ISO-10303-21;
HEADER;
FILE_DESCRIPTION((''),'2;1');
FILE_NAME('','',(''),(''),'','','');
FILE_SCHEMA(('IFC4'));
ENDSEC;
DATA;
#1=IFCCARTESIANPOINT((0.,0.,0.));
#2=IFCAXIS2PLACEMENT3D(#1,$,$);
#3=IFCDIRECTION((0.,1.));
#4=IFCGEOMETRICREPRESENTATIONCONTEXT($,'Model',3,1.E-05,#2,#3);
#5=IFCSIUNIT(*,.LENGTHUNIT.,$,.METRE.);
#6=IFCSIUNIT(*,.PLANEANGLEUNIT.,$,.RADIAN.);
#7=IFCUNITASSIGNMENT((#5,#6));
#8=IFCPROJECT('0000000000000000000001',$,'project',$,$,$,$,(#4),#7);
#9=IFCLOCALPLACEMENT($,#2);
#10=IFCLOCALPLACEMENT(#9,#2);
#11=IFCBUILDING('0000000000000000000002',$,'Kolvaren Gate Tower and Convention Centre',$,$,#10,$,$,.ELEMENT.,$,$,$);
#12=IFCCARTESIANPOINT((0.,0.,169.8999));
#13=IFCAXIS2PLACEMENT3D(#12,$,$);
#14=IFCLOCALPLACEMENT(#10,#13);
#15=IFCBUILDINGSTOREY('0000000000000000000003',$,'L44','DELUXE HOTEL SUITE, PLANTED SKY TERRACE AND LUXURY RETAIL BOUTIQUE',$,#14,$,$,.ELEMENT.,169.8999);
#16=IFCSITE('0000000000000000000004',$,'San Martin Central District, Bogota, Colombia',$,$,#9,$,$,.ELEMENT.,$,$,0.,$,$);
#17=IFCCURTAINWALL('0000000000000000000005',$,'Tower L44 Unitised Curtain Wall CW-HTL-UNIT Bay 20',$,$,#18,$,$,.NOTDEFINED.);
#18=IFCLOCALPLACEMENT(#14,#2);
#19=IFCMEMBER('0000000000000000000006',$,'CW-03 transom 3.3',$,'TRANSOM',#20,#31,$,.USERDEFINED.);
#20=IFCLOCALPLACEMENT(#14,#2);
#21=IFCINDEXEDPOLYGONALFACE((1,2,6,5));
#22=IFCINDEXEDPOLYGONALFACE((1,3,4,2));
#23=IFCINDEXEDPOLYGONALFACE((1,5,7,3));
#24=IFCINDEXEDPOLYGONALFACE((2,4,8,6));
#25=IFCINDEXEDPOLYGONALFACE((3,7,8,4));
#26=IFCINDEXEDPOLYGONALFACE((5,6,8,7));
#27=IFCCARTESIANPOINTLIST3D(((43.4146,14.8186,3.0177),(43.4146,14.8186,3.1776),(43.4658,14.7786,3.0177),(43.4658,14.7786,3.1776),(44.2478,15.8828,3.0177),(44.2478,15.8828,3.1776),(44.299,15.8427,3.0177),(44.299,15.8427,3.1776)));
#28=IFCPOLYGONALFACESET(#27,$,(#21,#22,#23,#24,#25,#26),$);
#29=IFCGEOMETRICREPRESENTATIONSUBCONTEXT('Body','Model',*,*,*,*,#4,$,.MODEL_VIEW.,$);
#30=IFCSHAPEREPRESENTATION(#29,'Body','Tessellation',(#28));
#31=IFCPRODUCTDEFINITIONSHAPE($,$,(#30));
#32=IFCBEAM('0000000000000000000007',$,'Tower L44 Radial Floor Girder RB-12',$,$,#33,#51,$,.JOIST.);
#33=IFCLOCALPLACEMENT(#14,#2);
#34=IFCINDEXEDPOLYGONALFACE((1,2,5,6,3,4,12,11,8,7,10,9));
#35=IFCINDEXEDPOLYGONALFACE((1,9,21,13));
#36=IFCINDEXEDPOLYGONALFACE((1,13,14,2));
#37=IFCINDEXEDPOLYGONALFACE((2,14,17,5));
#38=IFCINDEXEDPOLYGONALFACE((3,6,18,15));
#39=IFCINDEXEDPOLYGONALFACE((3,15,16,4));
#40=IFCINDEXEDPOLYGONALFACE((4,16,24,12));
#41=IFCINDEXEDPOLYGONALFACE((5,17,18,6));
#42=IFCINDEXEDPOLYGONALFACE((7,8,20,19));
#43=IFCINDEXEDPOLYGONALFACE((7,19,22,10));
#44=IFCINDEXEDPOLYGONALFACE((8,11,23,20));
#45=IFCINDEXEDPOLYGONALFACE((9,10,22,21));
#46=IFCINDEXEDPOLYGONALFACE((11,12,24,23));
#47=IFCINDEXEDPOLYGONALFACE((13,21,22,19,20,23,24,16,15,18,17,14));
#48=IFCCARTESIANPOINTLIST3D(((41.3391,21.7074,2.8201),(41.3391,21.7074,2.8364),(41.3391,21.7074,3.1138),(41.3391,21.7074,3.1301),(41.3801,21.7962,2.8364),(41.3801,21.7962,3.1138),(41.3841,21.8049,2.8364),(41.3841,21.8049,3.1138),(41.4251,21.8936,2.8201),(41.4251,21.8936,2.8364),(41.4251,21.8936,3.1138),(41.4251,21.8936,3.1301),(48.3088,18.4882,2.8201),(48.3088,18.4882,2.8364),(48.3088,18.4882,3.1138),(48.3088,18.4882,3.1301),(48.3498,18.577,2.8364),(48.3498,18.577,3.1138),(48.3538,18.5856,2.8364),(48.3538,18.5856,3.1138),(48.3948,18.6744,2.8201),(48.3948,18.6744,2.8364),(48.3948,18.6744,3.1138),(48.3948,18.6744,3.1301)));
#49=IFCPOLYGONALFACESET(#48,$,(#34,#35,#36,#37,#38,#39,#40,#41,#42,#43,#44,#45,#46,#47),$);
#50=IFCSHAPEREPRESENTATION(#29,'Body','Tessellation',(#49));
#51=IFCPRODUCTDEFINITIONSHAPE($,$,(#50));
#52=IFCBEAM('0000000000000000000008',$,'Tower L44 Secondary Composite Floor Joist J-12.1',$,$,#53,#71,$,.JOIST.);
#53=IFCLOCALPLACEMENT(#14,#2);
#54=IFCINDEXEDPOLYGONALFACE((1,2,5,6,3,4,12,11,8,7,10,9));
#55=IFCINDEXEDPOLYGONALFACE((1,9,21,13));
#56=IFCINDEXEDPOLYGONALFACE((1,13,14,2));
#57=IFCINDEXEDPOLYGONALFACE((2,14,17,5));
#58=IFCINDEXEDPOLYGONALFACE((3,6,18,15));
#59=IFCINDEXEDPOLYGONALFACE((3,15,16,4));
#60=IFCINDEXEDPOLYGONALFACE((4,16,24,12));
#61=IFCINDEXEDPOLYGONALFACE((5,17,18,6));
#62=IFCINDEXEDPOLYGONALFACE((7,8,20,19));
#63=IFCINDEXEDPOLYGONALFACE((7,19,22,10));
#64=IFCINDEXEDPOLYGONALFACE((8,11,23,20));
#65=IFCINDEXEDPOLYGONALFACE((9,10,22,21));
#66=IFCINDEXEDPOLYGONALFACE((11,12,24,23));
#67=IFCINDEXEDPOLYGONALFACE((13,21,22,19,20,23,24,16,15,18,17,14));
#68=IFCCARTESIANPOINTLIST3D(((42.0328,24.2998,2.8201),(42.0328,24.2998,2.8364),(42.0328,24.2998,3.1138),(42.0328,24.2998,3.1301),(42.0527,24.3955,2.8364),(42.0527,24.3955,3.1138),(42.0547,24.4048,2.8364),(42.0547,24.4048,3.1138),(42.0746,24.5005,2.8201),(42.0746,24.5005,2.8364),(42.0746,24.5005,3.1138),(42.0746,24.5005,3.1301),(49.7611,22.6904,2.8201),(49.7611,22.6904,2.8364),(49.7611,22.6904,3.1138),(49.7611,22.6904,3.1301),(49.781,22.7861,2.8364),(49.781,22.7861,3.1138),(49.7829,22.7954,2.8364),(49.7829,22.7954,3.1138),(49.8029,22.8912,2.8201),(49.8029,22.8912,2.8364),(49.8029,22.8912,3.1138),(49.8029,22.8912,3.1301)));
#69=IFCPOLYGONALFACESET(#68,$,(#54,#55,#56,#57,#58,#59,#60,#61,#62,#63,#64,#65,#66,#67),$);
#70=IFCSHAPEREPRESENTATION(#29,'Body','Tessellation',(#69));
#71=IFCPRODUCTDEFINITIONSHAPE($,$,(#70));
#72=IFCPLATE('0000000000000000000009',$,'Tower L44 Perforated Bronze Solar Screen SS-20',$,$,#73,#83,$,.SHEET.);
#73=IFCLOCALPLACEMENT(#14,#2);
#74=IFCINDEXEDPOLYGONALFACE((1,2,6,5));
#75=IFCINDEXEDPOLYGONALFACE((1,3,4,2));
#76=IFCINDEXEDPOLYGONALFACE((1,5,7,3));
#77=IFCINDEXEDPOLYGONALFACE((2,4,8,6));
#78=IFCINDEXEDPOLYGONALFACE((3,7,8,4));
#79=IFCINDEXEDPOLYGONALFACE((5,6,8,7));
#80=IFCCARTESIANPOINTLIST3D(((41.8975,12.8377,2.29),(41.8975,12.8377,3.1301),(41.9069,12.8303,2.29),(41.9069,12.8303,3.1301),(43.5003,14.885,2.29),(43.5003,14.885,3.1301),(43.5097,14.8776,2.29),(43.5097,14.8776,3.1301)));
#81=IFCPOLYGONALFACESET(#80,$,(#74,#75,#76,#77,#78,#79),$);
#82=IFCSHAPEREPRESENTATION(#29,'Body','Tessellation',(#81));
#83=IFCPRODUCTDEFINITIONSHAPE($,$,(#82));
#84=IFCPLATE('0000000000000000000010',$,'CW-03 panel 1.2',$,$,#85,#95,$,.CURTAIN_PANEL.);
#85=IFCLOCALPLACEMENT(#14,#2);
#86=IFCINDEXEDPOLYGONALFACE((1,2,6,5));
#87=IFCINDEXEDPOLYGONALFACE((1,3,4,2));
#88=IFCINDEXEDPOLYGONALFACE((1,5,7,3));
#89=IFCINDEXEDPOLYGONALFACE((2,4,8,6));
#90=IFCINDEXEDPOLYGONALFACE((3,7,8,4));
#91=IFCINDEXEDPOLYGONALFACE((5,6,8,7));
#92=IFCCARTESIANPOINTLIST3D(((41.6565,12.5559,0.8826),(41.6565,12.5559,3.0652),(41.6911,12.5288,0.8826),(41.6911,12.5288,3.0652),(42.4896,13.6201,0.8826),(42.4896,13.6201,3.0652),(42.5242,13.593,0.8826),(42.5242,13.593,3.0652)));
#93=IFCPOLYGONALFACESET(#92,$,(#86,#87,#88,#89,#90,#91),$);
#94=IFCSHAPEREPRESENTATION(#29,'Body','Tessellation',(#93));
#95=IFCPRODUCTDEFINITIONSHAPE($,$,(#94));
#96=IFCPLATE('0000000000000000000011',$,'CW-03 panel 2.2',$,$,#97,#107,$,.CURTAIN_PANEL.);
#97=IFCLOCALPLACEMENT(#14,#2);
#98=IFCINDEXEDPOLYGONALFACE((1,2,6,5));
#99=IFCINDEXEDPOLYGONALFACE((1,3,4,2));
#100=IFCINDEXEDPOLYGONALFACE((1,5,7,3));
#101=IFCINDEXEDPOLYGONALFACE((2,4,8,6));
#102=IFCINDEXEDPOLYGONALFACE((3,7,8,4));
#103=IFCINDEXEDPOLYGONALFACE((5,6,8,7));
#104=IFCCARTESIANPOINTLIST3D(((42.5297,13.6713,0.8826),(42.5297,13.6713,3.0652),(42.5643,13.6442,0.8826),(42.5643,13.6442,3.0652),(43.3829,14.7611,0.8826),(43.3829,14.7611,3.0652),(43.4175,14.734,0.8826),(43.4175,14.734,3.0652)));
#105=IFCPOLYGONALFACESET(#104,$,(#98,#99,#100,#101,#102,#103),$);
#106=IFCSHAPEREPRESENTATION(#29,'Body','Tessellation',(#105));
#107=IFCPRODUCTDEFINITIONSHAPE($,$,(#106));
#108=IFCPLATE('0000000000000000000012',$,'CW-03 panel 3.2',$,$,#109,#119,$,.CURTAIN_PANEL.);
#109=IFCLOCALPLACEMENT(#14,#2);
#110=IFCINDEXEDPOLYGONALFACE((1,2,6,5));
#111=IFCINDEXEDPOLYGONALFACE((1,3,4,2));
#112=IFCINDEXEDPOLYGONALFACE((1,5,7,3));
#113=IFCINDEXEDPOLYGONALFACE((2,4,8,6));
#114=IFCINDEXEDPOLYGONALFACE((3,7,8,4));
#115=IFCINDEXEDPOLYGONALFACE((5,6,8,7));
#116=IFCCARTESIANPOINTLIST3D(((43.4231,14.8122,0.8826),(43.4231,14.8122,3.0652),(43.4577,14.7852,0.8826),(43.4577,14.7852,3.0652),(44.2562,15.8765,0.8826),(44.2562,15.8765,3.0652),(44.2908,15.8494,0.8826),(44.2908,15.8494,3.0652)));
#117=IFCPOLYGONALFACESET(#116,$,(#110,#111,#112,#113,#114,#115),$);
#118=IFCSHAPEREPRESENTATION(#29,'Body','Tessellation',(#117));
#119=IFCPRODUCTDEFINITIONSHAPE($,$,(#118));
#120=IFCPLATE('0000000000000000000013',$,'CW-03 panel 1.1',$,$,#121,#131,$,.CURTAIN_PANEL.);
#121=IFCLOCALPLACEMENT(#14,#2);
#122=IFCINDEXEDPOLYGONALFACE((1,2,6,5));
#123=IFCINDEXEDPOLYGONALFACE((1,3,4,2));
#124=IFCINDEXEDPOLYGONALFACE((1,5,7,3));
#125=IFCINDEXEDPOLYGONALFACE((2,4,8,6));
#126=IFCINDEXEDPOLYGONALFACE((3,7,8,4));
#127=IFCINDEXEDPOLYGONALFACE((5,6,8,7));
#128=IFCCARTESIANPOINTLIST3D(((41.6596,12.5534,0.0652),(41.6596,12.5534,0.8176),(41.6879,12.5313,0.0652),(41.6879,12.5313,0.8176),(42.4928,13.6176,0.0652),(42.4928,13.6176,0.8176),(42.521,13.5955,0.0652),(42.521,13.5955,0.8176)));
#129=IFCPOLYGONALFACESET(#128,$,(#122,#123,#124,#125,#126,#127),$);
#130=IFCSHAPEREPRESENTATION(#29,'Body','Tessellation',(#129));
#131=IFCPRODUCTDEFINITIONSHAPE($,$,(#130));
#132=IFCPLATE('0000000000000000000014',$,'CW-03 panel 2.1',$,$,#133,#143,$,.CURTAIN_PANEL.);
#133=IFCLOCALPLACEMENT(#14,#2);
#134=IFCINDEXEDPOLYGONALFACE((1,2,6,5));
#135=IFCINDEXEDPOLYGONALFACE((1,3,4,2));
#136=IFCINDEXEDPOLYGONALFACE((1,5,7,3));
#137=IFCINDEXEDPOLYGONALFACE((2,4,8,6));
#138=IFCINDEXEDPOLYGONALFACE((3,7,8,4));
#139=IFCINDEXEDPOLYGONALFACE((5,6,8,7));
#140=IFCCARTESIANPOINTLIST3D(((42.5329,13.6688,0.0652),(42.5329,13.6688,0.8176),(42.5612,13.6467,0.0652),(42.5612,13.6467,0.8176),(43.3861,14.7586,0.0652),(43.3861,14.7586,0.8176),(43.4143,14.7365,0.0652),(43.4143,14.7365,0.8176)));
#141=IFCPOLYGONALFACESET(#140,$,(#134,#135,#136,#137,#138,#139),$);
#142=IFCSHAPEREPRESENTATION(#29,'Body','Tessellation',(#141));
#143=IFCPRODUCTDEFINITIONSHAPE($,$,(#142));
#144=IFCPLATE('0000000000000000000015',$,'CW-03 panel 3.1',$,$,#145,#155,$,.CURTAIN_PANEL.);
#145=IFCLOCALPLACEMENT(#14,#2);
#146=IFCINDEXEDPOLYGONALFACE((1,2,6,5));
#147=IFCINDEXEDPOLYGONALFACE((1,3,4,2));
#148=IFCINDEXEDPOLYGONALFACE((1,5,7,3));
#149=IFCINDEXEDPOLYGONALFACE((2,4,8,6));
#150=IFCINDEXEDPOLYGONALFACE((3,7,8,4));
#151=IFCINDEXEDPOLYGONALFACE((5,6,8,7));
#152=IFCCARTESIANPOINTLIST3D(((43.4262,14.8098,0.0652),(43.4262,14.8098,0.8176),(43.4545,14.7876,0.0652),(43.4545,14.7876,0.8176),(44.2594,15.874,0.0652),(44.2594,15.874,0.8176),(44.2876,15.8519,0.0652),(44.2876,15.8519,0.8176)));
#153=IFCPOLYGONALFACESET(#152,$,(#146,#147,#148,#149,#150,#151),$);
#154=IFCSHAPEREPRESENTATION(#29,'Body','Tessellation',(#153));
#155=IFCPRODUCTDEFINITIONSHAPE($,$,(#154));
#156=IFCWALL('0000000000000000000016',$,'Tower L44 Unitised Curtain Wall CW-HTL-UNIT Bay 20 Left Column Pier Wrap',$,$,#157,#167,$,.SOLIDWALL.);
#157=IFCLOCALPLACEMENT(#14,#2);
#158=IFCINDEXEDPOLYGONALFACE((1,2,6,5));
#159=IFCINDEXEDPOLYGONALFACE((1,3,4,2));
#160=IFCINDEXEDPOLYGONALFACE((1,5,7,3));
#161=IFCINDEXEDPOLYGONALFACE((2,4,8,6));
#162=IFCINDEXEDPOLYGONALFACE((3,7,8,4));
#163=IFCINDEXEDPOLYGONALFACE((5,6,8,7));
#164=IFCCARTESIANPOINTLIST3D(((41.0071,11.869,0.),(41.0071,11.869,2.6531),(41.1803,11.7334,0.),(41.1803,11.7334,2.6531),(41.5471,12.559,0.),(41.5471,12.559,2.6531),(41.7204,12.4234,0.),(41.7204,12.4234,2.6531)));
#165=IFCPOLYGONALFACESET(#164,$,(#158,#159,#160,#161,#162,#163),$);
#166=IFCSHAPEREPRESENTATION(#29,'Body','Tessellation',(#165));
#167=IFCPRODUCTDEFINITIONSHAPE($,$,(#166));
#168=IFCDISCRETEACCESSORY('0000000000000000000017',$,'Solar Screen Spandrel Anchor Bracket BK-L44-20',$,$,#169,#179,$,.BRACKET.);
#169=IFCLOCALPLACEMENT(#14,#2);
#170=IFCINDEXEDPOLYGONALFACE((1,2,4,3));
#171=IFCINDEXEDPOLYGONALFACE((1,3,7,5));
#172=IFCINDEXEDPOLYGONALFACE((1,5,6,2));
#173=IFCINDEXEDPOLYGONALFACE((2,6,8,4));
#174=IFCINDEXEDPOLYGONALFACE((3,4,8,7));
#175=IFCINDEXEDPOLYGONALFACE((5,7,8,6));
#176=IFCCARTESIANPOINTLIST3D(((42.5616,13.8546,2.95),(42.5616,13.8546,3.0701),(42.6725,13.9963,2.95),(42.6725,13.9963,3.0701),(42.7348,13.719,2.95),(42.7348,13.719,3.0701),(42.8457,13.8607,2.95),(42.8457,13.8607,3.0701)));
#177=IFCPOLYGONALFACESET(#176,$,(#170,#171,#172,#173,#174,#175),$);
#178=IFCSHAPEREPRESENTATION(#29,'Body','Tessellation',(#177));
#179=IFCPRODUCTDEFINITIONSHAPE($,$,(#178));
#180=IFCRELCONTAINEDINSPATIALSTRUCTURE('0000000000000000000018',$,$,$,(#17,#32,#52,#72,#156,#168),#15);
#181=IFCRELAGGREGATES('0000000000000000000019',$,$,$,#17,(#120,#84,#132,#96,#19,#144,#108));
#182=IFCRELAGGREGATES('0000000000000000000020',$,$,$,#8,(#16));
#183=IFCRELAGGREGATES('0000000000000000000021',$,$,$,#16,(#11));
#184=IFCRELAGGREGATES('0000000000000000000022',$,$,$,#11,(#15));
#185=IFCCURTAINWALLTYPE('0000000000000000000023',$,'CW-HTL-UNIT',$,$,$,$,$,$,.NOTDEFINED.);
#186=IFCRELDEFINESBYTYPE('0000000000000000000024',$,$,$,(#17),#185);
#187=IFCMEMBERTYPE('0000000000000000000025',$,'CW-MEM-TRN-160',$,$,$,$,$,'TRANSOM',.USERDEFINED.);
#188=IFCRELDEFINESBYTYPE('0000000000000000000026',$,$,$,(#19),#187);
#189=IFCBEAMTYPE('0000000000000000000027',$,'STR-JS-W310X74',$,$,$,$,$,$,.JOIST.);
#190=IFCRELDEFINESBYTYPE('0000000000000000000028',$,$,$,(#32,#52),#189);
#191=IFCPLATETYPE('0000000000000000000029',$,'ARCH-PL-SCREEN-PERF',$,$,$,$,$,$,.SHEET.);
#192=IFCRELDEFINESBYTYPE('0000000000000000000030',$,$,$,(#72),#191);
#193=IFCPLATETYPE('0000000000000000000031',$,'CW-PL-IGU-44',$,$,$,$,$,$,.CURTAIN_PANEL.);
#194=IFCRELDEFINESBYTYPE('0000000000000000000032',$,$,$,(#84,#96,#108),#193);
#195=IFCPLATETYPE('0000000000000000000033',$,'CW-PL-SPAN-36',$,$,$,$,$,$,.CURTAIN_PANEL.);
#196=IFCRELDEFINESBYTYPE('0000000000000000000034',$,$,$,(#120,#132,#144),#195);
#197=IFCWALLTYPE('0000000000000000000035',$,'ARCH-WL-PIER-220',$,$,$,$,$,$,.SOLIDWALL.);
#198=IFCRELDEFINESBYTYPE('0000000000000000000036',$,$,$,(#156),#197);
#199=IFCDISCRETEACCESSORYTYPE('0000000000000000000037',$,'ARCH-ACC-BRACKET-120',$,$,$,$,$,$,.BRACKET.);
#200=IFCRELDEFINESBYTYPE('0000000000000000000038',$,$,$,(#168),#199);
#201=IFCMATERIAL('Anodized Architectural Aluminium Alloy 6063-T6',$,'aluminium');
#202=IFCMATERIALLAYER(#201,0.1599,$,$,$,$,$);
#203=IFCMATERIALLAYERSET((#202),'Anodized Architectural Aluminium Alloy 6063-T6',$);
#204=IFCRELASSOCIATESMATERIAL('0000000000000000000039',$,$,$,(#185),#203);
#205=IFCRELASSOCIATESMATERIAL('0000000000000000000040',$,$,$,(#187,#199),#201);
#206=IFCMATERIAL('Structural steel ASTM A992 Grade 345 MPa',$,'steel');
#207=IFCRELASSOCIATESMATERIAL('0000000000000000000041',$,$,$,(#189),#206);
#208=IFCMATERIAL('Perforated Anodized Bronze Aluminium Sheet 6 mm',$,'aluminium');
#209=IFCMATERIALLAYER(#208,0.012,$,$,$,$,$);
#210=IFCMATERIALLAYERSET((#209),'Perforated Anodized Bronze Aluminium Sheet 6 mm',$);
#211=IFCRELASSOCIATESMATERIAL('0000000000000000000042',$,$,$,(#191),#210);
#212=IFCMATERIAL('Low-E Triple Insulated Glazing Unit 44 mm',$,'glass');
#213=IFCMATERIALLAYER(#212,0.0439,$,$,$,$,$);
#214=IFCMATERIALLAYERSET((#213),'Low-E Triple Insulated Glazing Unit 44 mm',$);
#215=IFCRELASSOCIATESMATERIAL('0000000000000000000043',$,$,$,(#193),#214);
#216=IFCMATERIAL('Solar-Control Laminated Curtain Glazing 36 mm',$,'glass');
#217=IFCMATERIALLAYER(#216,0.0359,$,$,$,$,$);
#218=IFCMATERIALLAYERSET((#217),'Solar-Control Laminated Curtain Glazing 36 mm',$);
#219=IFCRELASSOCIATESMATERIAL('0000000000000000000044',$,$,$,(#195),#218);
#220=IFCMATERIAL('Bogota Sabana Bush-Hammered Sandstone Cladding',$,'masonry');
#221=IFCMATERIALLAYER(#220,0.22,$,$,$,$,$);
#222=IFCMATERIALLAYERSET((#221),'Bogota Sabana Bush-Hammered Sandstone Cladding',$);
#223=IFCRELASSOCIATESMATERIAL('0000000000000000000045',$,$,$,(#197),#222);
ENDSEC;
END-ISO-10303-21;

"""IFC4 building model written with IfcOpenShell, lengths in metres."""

from ifc_helpers import new_model, si_unit, direction, frame, frame_2d, origin, origin_2d, place, context, subcontext, project, spatial, rectangle, i_section, extrude, material, layer, layer_set, material_profile, profile_set, type_object, element, aggregate, save


model = new_model("IFC4")

# Units and contexts
model_context = context("Model", 3, precision=1e-05, world=origin(), true_north=direction((0.0, 1.0)))
body_context = subcontext(model_context, "Body", "Model", "MODEL_VIEW")
ifc_project = project(units=[si_unit("LENGTHUNIT", "METRE"), si_unit("PLANEANGLEUNIT", "RADIAN")], contexts=[model_context])

# Site, building, storey
site_placement = place(None, origin())
site = spatial("IfcSite", under=ifc_project, at=site_placement, Name="San Martin Central District, Bogota, Colombia", CompositionType="ELEMENT", RefElevation=0.0)
building_placement = place(site_placement, origin())
building = spatial("IfcBuilding", under=site, at=building_placement, Name="Kolvaren Gate Tower and Convention Centre", CompositionType="ELEMENT")
storey_placement = place(building_placement, frame((0.0, 0.0, 169.8999)))
storey = spatial("IfcBuildingStorey", under=building, at=storey_placement, Name="L44", Description="DELUXE HOTEL SUITE, PLANTED SKY TERRACE AND LUXURY RETAIL BOUTIQUE", CompositionType="ELEMENT", Elevation=169.8999)

# Curtain wall
ifc_material_1 = material(Name="Anodized Architectural Aluminium Alloy 6063-T6", Category="aluminium")
ifc_layer_1 = layer(ifc_material_1, 0.1599)
ifc_layer_set_1 = layer_set([ifc_layer_1], Name="Anodized Architectural Aluminium Alloy 6063-T6")
curtain_wall_type = type_object("IfcCurtainWallType", Name="CW-HTL-UNIT", PredefinedType="NOTDEFINED", material=ifc_layer_set_1)
curtain_wall_1_placement = place(storey_placement, origin())
curtain_wall_1 = element("IfcCurtainWall", 1, at=curtain_wall_1_placement, inside=storey, type_object=curtain_wall_type, Name="Tower L44 Unitised Curtain Wall CW-HTL-UNIT Bay 20", PredefinedType="NOTDEFINED")

# Member
ifc_material_profile_1 = material_profile(ifc_material_1, rectangle(XDim=0.0649, YDim=0.1599, at=origin_2d()), Name="CW-MEM-TRN-160")
ifc_profile_set_1 = profile_set([ifc_material_profile_1], Name="Anodized Architectural Aluminium Alloy 6063-T6")
member_type_1 = type_object("IfcMemberType", Name="CW-MEM-TRN-160", ElementType="TRANSOM", PredefinedType="USERDEFINED", material=ifc_profile_set_1)
member_1_placement = place(storey_placement, frame((43.4402, 14.7986, 3.0977), z_axis=(0.616488, 0.787364, 0.0), x_axis=(-0.787364, 0.616488, 0.0)))
member_1 = element("IfcMember", 2, at=member_1_placement, type_object=member_type_1, Name="CW-03 transom 3.3", ObjectType="TRANSOM", PredefinedType="USERDEFINED", context=body_context, shape_type="SweptSolid", body=[
    extrude(rectangle(XDim=0.0649, YDim=0.1599, at=origin_2d()), origin(), (0.0, 0.0, 1.0), 1.3516),
])

# Beams
ifc_material_2 = material(Name="Structural steel ASTM A992 Grade 345 MPa", Category="steel")
ifc_material_profile_2 = material_profile(ifc_material_2, i_section(OverallWidth=0.2051, OverallDepth=0.3101, WebThickness=0.0095, FlangeThickness=0.0164, at=origin_2d()), Name="W310X74")
ifc_profile_set_2 = profile_set([ifc_material_profile_2], Name="Structural steel ASTM A992 Grade 345 MPa")
beam_type = type_object("IfcBeamType", Name="STR-JS-W310X74", PredefinedType="JOIST", material=ifc_profile_set_2)
beam_1_placement = place(storey_placement, frame((41.3821, 21.8005, 2.9751), z_axis=(0.907838, -0.41932, 0.0), x_axis=(0.41932, 0.907838, 0.0)))
element("IfcBeam", 3, at=beam_1_placement, inside=storey, type_object=beam_type, Name="Tower L44 Radial Floor Girder RB-12", PredefinedType="JOIST", context=body_context, shape_type="SweptSolid", body=[
    extrude(i_section(OverallWidth=0.2051, OverallDepth=0.3101, WebThickness=0.0095, FlangeThickness=0.0164, at=origin_2d()), origin(), (0.0, 0.0, 1.0), 7.6772),
])
beam_2_placement = place(storey_placement, frame((42.0537, 24.4001, 2.9751), z_axis=(0.978998, -0.203872, 0.0), x_axis=(0.203872, 0.978998, 0.0)))
element("IfcBeam", 4, at=beam_2_placement, inside=storey, type_object=beam_type, Name="Tower L44 Secondary Composite Floor Joist J-12.1", PredefinedType="JOIST", context=body_context, shape_type="SweptSolid", body=[
    extrude(i_section(OverallWidth=0.2051, OverallDepth=0.3101, WebThickness=0.0095, FlangeThickness=0.0164, at=origin_2d()), origin(), (0.0, 0.0, 1.0), 7.894),
])

# Plates
ifc_material_3 = material(Name="Perforated Anodized Bronze Aluminium Sheet 6 mm", Category="aluminium")
ifc_layer_2 = layer(ifc_material_3, 0.012)
ifc_layer_set_2 = layer_set([ifc_layer_2], Name="Perforated Anodized Bronze Aluminium Sheet 6 mm")
plate_type_1 = type_object("IfcPlateType", Name="ARCH-PL-SCREEN-PERF", PredefinedType="SHEET", material=ifc_layer_set_2)
plate_1_placement = place(storey_placement, frame((42.7036, 13.8577, 2.29), z_axis=(0.0, 0.0, 1.0), x_axis=(0.616434, 0.787406, 0.0)))
element("IfcPlate", 5, at=plate_1_placement, inside=storey, type_object=plate_type_1, Name="Tower L44 Perforated Bronze Solar Screen SS-20", PredefinedType="SHEET", context=body_context, shape_type="SweptSolid", body=[
    extrude(rectangle(XDim=2.6001, YDim=0.012, at=origin_2d()), origin(), (0.0, 0.0, 1.0), 0.8401),
])
ifc_material_4 = material(Name="Low-E Triple Insulated Glazing Unit 44 mm", Category="glass")
ifc_layer_3 = layer(ifc_material_4, 0.0439)
ifc_layer_set_3 = layer_set([ifc_layer_3], Name="Low-E Triple Insulated Glazing Unit 44 mm")
plate_type_2 = type_object("IfcPlateType", Name="CW-PL-IGU-44", PredefinedType="CURTAIN_PANEL", material=ifc_layer_set_3)
plate_2_placement = place(storey_placement, frame((42.0903, 13.0745, 0.8826), z_axis=(0.0, 0.0, 1.0), x_axis=(0.616438, 0.787404, 0.0)))
plate_2 = element("IfcPlate", 6, at=plate_2_placement, type_object=plate_type_2, Name="CW-03 panel 1.2", PredefinedType="CURTAIN_PANEL", context=body_context, shape_type="SweptSolid", body=[
    extrude(rectangle(XDim=1.3516, YDim=0.0439, at=origin_2d()), origin(), (0.0, 0.0, 1.0), 2.1826),
])
plate_3_placement = place(storey_placement, frame((42.9736, 14.2026, 0.8826), z_axis=(0.0, 0.0, 1.0), x_axis=(0.616438, 0.787404, 0.0)))
plate_3 = element("IfcPlate", 7, at=plate_3_placement, type_object=plate_type_2, Name="CW-03 panel 2.2", PredefinedType="CURTAIN_PANEL", context=body_context, shape_type="SweptSolid", body=[
    extrude(rectangle(XDim=1.384, YDim=0.0439, at=origin_2d()), origin(), (0.0, 0.0, 1.0), 2.1826),
])
plate_4_placement = place(storey_placement, frame((43.8569, 15.3308, 0.8826), z_axis=(0.0, 0.0, 1.0), x_axis=(0.616438, 0.787404, 0.0)))
plate_4 = element("IfcPlate", 8, at=plate_4_placement, type_object=plate_type_2, Name="CW-03 panel 3.2", PredefinedType="CURTAIN_PANEL", context=body_context, shape_type="SweptSolid", body=[
    extrude(rectangle(XDim=1.3516, YDim=0.0439, at=origin_2d()), origin(), (0.0, 0.0, 1.0), 2.1826),
])
ifc_material_5 = material(Name="Solar-Control Laminated Curtain Glazing 36 mm", Category="glass")
ifc_layer_4 = layer(ifc_material_5, 0.0359)
ifc_layer_set_4 = layer_set([ifc_layer_4], Name="Solar-Control Laminated Curtain Glazing 36 mm")
plate_type_3 = type_object("IfcPlateType", Name="CW-PL-SPAN-36", PredefinedType="CURTAIN_PANEL", material=ifc_layer_set_4)
plate_5_placement = place(storey_placement, frame((42.0903, 13.0745, 0.0652), z_axis=(0.0, 0.0, 1.0), x_axis=(0.616438, 0.787404, 0.0)))
plate_5 = element("IfcPlate", 9, at=plate_5_placement, type_object=plate_type_3, Name="CW-03 panel 1.1", PredefinedType="CURTAIN_PANEL", context=body_context, shape_type="SweptSolid", body=[
    extrude(rectangle(XDim=1.3516, YDim=0.0359, at=origin_2d()), origin(), (0.0, 0.0, 1.0), 0.7524),
])
plate_6_placement = place(storey_placement, frame((42.9736, 14.2026, 0.0652), z_axis=(0.0, 0.0, 1.0), x_axis=(0.616438, 0.787404, 0.0)))
plate_6 = element("IfcPlate", 10, at=plate_6_placement, type_object=plate_type_3, Name="CW-03 panel 2.1", PredefinedType="CURTAIN_PANEL", context=body_context, shape_type="SweptSolid", body=[
    extrude(rectangle(XDim=1.384, YDim=0.0359, at=origin_2d()), origin(), (0.0, 0.0, 1.0), 0.7524),
])
plate_7_placement = place(storey_placement, frame((43.8569, 15.3308, 0.0652), z_axis=(0.0, 0.0, 1.0), x_axis=(0.616438, 0.787404, 0.0)))
plate_7 = element("IfcPlate", 11, at=plate_7_placement, type_object=plate_type_3, Name="CW-03 panel 3.1", PredefinedType="CURTAIN_PANEL", context=body_context, shape_type="SweptSolid", body=[
    extrude(rectangle(XDim=1.3516, YDim=0.0359, at=origin_2d()), origin(), (0.0, 0.0, 1.0), 0.7524),
])
aggregate(curtain_wall_1, [plate_5, plate_2, plate_6, plate_3, member_1, plate_7, plate_4])

# Wall
ifc_material_6 = material(Name="Bogota Sabana Bush-Hammered Sandstone Cladding", Category="masonry")
ifc_layer_5 = layer(ifc_material_6, 0.22)
ifc_layer_set_5 = layer_set([ifc_layer_5], Name="Bogota Sabana Bush-Hammered Sandstone Cladding")
wall_type = type_object("IfcWallType", Name="ARCH-WL-PIER-220", PredefinedType="SOLIDWALL", material=ifc_layer_set_5)
wall_placement = place(storey_placement, frame((41.0938, 11.8013, 0.0), z_axis=(0.0, 0.0, 1.0), x_axis=(0.616368, 0.787458, 0.0)))
element("IfcWall", 12, at=wall_placement, inside=storey, type_object=wall_type, Name="Tower L44 Unitised Curtain Wall CW-HTL-UNIT Bay 20 Left Column Pier Wrap", PredefinedType="SOLIDWALL", context=body_context, shape_type="SweptSolid", body=[
    extrude(rectangle(XDim=0.8762, YDim=0.22, at=frame_2d((0.438, 0.0))), origin(), (0.0, 0.0, 1.0), 2.6531),
])

# Discrete accessory
discrete_accessory_type = type_object("IfcDiscreteAccessoryType", Name="ARCH-ACC-BRACKET-120", PredefinedType="BRACKET", material=ifc_material_1)
discrete_accessory_placement = place(storey_placement, frame((42.7036, 13.8577, 2.95), z_axis=(0.0, 0.0, 1.0), x_axis=(0.616434, 0.787406, 0.0)))
element("IfcDiscreteAccessory", 13, at=discrete_accessory_placement, inside=storey, type_object=discrete_accessory_type, Name="Solar Screen Spandrel Anchor Bracket BK-L44-20", PredefinedType="BRACKET", context=body_context, shape_type="SweptSolid", body=[
    extrude(rectangle(XDim=0.1799, YDim=0.22, at=origin_2d()), origin(), (0.0, 0.0, 1.0), 0.1201),
])

save(model, "model.ifc")
